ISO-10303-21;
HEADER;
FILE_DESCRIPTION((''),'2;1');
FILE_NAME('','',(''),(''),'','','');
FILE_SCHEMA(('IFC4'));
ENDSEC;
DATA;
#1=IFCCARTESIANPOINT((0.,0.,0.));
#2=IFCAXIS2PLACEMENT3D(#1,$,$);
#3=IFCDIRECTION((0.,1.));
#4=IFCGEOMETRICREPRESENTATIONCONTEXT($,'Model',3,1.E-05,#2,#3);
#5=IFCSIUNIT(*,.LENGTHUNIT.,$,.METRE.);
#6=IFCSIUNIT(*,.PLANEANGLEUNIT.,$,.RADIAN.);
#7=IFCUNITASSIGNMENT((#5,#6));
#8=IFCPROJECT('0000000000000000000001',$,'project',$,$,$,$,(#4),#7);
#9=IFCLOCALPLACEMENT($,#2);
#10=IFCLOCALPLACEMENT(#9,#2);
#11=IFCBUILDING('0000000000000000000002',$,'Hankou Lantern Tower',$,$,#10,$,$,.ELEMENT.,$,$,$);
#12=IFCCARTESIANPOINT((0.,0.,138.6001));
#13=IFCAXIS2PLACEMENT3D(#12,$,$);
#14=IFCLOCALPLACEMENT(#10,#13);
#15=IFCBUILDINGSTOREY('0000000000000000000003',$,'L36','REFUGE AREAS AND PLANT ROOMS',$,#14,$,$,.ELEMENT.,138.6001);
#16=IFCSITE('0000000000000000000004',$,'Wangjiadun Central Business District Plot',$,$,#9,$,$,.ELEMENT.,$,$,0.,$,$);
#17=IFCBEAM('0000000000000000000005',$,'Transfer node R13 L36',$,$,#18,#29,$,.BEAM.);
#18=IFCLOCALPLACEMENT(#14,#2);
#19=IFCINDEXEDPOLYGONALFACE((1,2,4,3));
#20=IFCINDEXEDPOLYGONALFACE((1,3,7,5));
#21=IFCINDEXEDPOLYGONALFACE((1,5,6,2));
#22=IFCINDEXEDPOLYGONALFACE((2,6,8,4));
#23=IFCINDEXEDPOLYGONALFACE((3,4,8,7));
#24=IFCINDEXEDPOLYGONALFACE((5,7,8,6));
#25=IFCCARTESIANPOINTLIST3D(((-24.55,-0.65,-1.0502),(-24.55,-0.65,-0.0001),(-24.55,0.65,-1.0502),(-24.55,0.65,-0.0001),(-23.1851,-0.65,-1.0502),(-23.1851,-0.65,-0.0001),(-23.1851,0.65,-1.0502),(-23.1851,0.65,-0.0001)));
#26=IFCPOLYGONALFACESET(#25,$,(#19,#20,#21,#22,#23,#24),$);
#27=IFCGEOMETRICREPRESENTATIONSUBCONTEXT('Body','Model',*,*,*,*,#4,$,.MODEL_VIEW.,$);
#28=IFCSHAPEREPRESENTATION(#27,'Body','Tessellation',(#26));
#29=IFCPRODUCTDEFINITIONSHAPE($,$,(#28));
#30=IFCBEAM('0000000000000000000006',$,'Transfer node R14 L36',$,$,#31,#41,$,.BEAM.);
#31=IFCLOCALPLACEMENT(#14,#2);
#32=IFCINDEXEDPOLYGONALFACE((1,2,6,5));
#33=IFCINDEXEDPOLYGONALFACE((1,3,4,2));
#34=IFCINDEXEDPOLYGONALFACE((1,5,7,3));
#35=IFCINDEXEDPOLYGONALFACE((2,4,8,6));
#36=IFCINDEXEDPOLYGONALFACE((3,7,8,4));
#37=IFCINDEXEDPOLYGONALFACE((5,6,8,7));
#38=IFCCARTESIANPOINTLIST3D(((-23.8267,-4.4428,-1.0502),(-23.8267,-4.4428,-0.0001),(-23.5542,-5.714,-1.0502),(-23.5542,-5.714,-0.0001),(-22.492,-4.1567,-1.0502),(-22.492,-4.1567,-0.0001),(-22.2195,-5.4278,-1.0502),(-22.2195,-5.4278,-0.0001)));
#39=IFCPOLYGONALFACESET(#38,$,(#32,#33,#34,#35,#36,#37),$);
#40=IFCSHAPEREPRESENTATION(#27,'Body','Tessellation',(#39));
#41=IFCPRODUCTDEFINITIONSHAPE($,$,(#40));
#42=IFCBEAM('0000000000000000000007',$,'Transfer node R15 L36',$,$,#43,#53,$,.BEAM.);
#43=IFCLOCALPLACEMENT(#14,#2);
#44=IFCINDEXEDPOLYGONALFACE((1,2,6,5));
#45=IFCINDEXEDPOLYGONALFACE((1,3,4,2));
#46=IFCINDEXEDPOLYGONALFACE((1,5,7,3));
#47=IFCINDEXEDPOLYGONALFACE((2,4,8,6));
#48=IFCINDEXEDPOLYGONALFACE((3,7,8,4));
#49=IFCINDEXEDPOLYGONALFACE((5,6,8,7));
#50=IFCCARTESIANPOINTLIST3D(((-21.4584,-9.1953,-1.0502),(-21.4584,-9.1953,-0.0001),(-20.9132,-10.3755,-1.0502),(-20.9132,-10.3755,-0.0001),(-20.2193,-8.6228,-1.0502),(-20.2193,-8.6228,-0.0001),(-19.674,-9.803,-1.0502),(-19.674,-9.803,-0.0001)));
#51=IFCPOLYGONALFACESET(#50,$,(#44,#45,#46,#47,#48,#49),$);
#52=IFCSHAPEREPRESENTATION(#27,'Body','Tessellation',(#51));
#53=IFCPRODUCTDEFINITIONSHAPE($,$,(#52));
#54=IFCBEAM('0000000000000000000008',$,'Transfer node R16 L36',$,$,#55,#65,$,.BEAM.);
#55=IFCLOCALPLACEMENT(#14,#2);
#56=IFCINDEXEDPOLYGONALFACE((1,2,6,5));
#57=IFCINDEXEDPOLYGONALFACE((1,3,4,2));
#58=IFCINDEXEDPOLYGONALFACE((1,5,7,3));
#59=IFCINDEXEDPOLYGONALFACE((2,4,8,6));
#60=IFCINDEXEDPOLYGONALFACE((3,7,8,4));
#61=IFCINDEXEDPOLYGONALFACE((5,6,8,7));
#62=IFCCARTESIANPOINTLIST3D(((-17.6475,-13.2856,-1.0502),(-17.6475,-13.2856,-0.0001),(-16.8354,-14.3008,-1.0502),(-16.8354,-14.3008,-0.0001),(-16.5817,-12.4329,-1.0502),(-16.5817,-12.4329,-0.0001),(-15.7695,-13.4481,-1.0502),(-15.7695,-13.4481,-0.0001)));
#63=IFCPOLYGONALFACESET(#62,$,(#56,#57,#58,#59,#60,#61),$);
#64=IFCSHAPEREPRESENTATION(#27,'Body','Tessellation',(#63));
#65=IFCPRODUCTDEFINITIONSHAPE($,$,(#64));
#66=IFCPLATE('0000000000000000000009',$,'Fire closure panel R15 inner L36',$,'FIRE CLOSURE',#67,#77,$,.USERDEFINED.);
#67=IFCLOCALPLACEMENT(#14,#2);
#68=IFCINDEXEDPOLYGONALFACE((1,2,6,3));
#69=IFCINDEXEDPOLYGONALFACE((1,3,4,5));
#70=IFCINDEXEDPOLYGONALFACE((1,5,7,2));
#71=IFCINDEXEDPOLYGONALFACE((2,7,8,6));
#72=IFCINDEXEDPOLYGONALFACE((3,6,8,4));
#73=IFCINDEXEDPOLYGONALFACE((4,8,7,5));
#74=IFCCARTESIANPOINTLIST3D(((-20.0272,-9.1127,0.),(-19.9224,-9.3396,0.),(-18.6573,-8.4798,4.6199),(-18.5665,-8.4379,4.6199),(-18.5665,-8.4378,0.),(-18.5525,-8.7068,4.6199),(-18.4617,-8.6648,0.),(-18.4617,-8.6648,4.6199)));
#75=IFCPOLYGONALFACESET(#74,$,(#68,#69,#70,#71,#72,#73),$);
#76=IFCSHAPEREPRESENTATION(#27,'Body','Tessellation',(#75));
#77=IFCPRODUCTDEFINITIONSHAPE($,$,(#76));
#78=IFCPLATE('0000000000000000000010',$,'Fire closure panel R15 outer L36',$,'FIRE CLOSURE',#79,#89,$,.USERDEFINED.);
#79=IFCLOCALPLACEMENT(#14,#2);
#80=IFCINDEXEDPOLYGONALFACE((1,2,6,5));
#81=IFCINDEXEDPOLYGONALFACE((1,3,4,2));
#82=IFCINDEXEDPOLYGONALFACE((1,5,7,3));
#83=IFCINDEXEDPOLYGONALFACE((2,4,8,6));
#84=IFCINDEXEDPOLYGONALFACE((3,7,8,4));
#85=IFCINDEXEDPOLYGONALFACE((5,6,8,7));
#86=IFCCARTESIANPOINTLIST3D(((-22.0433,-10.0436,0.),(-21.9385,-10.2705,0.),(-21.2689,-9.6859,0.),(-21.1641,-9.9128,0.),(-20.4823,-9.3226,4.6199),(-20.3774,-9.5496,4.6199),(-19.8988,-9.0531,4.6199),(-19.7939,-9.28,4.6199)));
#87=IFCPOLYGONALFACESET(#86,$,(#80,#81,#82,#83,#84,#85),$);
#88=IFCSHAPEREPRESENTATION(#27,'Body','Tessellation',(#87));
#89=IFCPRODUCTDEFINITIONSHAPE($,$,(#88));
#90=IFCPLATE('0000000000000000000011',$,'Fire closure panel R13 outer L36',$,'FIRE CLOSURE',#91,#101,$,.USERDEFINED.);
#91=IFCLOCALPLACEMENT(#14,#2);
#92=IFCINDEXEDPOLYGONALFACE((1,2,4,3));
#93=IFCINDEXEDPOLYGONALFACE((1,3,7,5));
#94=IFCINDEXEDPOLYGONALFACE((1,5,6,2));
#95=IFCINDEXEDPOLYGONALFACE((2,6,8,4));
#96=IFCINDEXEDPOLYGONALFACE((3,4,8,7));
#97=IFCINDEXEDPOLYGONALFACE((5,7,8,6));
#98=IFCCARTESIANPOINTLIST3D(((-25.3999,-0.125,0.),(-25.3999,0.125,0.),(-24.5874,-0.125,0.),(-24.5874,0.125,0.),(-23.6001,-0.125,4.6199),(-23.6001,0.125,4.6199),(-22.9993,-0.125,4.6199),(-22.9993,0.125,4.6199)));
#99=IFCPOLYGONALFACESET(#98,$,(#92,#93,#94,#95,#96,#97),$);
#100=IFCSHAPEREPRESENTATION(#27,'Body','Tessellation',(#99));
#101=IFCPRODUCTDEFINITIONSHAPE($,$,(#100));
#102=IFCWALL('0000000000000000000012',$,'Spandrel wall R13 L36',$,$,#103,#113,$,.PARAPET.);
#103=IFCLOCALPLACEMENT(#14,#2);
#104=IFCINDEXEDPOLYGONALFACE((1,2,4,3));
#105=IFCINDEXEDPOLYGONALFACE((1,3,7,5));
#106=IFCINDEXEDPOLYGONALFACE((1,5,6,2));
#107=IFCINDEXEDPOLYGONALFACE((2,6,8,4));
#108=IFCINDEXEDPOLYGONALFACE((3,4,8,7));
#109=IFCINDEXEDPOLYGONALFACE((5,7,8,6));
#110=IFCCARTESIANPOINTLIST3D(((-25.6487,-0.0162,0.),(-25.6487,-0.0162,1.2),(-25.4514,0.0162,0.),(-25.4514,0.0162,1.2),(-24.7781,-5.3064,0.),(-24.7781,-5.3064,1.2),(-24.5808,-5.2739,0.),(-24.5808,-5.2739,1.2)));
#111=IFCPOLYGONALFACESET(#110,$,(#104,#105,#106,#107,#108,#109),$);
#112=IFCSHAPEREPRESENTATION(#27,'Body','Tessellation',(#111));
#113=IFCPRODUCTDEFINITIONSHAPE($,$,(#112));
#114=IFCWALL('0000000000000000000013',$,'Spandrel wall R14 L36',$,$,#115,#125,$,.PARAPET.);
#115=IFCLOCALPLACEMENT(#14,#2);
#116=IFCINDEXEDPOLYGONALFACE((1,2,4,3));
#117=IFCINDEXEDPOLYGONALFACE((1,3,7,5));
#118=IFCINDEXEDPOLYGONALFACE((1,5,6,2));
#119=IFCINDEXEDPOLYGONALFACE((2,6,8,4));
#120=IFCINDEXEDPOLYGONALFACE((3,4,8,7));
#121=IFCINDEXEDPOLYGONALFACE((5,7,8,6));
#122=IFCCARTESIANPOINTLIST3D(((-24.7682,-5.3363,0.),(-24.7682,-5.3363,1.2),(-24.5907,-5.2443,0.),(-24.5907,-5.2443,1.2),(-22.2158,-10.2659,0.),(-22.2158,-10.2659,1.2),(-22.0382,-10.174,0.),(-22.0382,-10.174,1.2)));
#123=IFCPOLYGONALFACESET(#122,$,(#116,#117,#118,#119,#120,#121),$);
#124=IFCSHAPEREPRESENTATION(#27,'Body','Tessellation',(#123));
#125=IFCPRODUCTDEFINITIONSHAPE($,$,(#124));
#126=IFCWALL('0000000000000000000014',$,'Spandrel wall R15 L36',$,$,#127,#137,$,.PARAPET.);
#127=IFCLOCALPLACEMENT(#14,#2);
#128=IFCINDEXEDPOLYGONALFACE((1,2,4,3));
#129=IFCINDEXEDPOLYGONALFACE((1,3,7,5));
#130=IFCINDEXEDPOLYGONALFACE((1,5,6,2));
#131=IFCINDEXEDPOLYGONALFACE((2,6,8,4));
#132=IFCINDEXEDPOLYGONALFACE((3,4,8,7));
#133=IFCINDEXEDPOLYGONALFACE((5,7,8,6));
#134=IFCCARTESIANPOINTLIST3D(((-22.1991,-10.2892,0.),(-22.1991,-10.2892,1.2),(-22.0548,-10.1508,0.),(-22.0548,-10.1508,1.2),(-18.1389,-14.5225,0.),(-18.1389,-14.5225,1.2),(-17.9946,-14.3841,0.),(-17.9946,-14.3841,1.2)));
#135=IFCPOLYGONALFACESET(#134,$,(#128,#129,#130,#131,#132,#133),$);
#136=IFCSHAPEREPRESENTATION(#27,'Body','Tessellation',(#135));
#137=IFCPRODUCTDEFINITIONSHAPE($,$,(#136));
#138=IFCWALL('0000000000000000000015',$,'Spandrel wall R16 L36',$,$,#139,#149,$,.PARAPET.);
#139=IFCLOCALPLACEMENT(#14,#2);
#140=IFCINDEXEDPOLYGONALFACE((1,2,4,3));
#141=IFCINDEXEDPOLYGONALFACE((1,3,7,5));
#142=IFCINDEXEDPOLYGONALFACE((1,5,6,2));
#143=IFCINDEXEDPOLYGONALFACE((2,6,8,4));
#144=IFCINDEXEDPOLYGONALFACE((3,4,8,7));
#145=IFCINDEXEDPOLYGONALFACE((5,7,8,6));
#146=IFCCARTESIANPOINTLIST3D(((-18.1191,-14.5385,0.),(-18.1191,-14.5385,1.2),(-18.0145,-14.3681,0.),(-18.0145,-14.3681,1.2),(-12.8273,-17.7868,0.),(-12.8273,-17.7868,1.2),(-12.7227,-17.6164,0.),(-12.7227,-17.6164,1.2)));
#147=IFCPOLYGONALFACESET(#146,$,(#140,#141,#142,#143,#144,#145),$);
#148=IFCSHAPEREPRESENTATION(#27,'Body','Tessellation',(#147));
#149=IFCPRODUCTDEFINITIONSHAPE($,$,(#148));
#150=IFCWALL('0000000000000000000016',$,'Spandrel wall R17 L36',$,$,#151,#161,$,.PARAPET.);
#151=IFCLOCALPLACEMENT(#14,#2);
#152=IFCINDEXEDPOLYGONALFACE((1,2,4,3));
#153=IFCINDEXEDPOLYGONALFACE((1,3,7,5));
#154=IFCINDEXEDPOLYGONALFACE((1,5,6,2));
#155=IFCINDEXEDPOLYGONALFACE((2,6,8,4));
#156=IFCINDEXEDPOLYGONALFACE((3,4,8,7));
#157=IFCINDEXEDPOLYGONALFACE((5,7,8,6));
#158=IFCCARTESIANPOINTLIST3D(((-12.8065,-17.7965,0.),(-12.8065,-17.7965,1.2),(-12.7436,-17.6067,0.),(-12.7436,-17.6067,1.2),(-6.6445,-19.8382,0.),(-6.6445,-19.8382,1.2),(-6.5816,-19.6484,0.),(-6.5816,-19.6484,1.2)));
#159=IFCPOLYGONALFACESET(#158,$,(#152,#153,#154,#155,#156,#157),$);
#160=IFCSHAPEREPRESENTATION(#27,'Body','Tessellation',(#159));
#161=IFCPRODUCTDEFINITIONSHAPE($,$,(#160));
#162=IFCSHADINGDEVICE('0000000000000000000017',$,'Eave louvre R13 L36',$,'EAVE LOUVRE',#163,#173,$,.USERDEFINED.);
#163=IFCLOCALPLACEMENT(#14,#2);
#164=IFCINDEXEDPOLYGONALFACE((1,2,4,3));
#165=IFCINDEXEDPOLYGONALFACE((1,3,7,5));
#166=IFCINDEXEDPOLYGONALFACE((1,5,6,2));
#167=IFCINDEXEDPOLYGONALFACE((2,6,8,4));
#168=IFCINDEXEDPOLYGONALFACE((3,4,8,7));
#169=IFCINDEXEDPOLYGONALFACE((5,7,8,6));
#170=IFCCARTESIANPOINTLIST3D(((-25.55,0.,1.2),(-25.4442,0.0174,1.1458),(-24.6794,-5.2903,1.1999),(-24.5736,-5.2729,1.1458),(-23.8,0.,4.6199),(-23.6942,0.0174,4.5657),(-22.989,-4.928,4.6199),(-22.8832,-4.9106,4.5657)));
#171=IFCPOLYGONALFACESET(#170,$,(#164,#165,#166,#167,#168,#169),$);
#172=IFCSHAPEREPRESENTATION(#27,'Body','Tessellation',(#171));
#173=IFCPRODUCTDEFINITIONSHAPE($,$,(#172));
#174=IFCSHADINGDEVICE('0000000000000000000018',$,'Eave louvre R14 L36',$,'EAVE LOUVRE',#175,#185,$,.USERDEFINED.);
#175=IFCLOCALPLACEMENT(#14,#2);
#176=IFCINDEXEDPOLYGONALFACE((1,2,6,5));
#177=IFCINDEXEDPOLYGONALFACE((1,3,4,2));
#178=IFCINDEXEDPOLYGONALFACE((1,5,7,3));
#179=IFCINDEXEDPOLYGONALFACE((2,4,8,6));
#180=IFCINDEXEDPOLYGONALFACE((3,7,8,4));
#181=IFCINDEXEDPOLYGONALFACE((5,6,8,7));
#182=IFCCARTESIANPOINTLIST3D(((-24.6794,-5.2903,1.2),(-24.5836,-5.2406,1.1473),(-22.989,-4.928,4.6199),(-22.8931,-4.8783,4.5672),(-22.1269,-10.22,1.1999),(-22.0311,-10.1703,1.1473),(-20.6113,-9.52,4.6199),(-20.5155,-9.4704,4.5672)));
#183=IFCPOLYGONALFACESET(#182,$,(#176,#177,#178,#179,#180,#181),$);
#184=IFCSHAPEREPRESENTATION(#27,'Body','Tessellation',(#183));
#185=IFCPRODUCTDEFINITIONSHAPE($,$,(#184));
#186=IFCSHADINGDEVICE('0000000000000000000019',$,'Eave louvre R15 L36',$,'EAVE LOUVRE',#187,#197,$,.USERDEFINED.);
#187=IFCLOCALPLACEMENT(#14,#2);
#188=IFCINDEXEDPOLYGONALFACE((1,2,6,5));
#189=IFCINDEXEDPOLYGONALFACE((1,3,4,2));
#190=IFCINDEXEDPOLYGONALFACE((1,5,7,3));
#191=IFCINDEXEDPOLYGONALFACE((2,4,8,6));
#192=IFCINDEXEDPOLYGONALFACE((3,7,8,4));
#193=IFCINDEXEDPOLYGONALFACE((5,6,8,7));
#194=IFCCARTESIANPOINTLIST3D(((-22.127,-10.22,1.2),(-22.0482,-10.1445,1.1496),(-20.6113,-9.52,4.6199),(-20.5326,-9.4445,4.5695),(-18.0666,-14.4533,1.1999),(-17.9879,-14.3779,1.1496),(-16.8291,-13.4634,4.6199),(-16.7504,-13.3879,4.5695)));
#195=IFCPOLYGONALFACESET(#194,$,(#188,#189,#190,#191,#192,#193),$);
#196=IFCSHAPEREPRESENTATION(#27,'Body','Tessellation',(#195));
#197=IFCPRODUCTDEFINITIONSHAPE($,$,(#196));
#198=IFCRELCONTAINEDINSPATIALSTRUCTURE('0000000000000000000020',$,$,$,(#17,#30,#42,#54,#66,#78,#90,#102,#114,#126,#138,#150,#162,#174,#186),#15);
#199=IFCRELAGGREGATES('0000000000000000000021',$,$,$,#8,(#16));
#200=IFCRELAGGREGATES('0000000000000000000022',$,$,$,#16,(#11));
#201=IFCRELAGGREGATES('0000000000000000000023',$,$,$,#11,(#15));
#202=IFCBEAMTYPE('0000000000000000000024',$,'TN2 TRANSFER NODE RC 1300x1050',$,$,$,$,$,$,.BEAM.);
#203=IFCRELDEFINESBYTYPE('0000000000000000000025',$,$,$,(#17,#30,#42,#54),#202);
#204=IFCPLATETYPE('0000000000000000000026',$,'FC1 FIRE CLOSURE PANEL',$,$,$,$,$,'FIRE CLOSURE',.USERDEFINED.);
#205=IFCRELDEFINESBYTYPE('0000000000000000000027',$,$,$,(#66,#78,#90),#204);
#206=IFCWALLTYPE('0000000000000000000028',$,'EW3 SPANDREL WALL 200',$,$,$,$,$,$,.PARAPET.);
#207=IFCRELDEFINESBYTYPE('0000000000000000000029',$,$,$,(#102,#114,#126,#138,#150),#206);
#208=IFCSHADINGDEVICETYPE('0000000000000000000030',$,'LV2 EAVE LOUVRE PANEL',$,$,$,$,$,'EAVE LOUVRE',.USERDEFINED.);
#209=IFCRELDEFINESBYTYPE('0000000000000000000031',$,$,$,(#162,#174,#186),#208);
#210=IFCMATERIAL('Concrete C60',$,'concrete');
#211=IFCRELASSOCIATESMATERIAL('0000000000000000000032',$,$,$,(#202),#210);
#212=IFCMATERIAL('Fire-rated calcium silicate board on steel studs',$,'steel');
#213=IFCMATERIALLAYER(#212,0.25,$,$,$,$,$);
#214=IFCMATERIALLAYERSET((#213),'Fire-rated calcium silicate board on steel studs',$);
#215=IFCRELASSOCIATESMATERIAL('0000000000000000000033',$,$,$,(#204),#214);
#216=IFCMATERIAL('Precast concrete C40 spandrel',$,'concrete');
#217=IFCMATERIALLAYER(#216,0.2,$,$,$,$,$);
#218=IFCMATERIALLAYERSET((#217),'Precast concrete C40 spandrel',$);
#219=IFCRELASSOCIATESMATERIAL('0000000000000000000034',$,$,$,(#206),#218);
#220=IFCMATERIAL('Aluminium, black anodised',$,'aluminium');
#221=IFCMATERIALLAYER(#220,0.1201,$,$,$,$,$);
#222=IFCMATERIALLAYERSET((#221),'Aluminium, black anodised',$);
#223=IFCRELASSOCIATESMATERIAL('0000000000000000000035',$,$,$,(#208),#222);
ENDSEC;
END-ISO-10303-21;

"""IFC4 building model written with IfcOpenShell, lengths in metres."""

from ifc_helpers import new_model, si_unit, direction, frame, frame_2d, origin, origin_2d, place, context, subcontext, project, spatial, polyline, rectangle, outline, extrude, material, layer, layer_set, material_profile, profile_set, type_object, element, save


model = new_model("IFC4")

# Units and contexts
model_context = context("Model", 3, precision=1e-05, world=origin(), true_north=direction((0.0, 1.0)))
body_context = subcontext(model_context, "Body", "Model", "MODEL_VIEW")
ifc_project = project(units=[si_unit("LENGTHUNIT", "METRE"), si_unit("PLANEANGLEUNIT", "RADIAN")], contexts=[model_context])

# Site, building, storey
site_placement = place(None, origin())
site = spatial("IfcSite", under=ifc_project, at=site_placement, Name="Wangjiadun Central Business District Plot", CompositionType="ELEMENT", RefElevation=0.0)
building_placement = place(site_placement, origin())
building = spatial("IfcBuilding", under=site, at=building_placement, Name="Hankou Lantern Tower", CompositionType="ELEMENT")
storey_placement = place(building_placement, frame((0.0, 0.0, 138.6001)))
storey = spatial("IfcBuildingStorey", under=building, at=storey_placement, Name="L36", Description="REFUGE AREAS AND PLANT ROOMS", CompositionType="ELEMENT", Elevation=138.6001)

# Beams
ifc_material_1 = material(Name="Concrete C60", Category="concrete")
ifc_material_profile_1 = material_profile(ifc_material_1, rectangle(XDim=1.3, YDim=1.05, at=origin_2d()), Name="RC 1300x1050")
ifc_profile_set_1 = profile_set([ifc_material_profile_1], Name="Concrete C60")
beam_type_1 = type_object("IfcBeamType", Name="TN2 TRANSFER NODE RC 1300x1050", PredefinedType="BEAM", material=ifc_profile_set_1)
for number, where, z_axis, x_axis, name in (
    (1, (-24.55, 0.0, -0.5251), (1.0, 0.0, 0.0), (0.0, 1.0, 0.0), "Transfer node R13 L36"),
    (2, (-23.6904, -5.0784, -0.5251), (0.977784, 0.209615, 0.0), (-0.209615, 0.977784, 0.0), "Transfer node R14 L36"),
    (3, (-21.1858, -9.7854, -0.5251), (0.907808, 0.419387, 0.0), (-0.419387, 0.907808, 0.0), "Transfer node R15 L36"),
    (4, (-17.2415, -13.7932, -0.5251), (0.780851, 0.624717, 0.0), (-0.624717, 0.780851, 0.0), "Transfer node R16 L36"),
):
    element("IfcBeam", number, at=place(storey_placement, frame(where, z_axis=z_axis, x_axis=x_axis)), inside=storey, type_object=beam_type_1, Name=name, PredefinedType="BEAM", context=body_context, shape_type="SweptSolid", body=[
        extrude(rectangle(XDim=1.3, YDim=1.05, at=origin_2d()), origin(), (0.0, 0.0, 1.0), 1.365),
    ])

# Plates
ifc_material_2 = material(Name="Fire-rated calcium silicate board on steel studs", Category="steel")
ifc_layer_1 = layer(ifc_material_2, 0.25)
ifc_layer_set_1 = layer_set([ifc_layer_1], Name="Fire-rated calcium silicate board on steel studs")
plate_type = type_object("IfcPlateType", Name="FC1 FIRE CLOSURE PANEL", ElementType="FIRE CLOSURE", PredefinedType="USERDEFINED", material=ifc_layer_set_1)
plate_1_placement = place(storey_placement, frame((-18.4617, -8.6648, 0.0), z_axis=(0.419402, -0.9078, -0.000007), x_axis=(-0.9078, -0.419402, 0.0)))
element("IfcPlate", 5, at=plate_1_placement, inside=storey, type_object=plate_type, Name="Fire closure panel R15 inner L36", ObjectType="FIRE CLOSURE", PredefinedType="USERDEFINED", context=body_context, shape_type="SweptSolid", body=[
    extrude(outline(polyline([(0.0, 0.0), (1.609, 0.0), (0.1001, -4.6199), (0.0, -4.6199), (0.0, 0.0)])), origin(), (0.0, 0.0, -1.0), 0.25),
])
plate_2_placement = place(storey_placement, frame((-21.1641, -9.9128, 0.0), z_axis=(0.419317, -0.90784, -0.000009), x_axis=(-0.90784, -0.419317, 0.0)))
element("IfcPlate", 6, at=plate_2_placement, inside=storey, type_object=plate_type, Name="Fire closure panel R15 outer L36", ObjectType="FIRE CLOSURE", PredefinedType="USERDEFINED", context=body_context, shape_type="SweptSolid", body=[
    extrude(outline(polyline([(0.0, 0.0), (0.853, 0.0), (-0.8665, -4.6199), (-1.5092, -4.6199), (0.0, 0.0)])), origin(), (0.0, 0.0, -1.0), 0.25),
])
plate_3_placement = place(storey_placement, frame((-24.5874, 0.125, 0.0), z_axis=(0.0, 1.0, 0.0), x_axis=(-1.0, 0.0, 0.0)))
element("IfcPlate", 7, at=plate_3_placement, inside=storey, type_object=plate_type, Name="Fire closure panel R13 outer L36", ObjectType="FIRE CLOSURE", PredefinedType="USERDEFINED", context=body_context, shape_type="SweptSolid", body=[
    extrude(outline(polyline([(0.0, 0.0), (0.8125, 0.0), (-0.9873, 4.6199), (-1.5881, 4.6199), (0.0, 0.0)])), origin(), (0.0, 0.0, -1.0), 0.25),
])

# Walls
ifc_material_3 = material(Name="Precast concrete C40 spandrel", Category="concrete")
ifc_layer_2 = layer(ifc_material_3, 0.2)
ifc_layer_set_2 = layer_set([ifc_layer_2], Name="Precast concrete C40 spandrel")
wall_type_1 = type_object("IfcWallType", Name="EW3 SPANDREL WALL 200", PredefinedType="PARAPET", material=ifc_layer_set_2)
wall_1_placement = place(storey_placement, frame((-25.55, 0.0, 0.0), z_axis=(0.0, 0.0, 1.0), x_axis=(0.162383, -0.986728, 0.0)))
element("IfcWall", 8, at=wall_1_placement, inside=storey, type_object=wall_type_1, Name="Spandrel wall R13 L36", PredefinedType="PARAPET", context=body_context, shape_type="SweptSolid", body=[
    extrude(rectangle(XDim=5.3613, YDim=0.2, at=frame_2d((2.6807, 0.0))), origin(), (0.0, 0.0, 1.0), 1.2),
])
wall_2_placement = place(storey_placement, frame((-24.6794, -5.2903, 0.0), z_axis=(0.0, 0.0, 1.0), x_axis=(0.4598, -0.888023, 0.0)))
element("IfcWall", 9, at=wall_2_placement, inside=storey, type_object=wall_type_1, Name="Spandrel wall R14 L36", PredefinedType="PARAPET", context=body_context, shape_type="SweptSolid", body=[
    extrude(rectangle(XDim=5.5513, YDim=0.2, at=frame_2d((2.7756, 0.0))), origin(), (0.0, 0.0, 1.0), 1.2),
])
wall_3_placement = place(storey_placement, frame((-22.127, -10.22, 0.0), z_axis=(0.0, 0.0, 1.0), x_axis=(0.692198, -0.721707, 0.0)))
element("IfcWall", 10, at=wall_3_placement, inside=storey, type_object=wall_type_1, Name="Spandrel wall R15 L36", PredefinedType="PARAPET", context=body_context, shape_type="SweptSolid", body=[
    extrude(rectangle(XDim=5.8657, YDim=0.2, at=frame_2d((2.9329, 0.0))), origin(), (0.0, 0.0, 1.0), 1.2),
])
wall_4_placement = place(storey_placement, frame((-18.0667, -14.4534, 0.0), z_axis=(0.0, 0.0, 1.0), x_axis=(0.852245, -0.523143, 0.0)))
element("IfcWall", 11, at=wall_4_placement, inside=storey, type_object=wall_type_1, Name="Spandrel wall R16 L36", PredefinedType="PARAPET", context=body_context, shape_type="SweptSolid", body=[
    extrude(rectangle(XDim=6.2092, YDim=0.2, at=frame_2d((3.1045, 0.0))), origin(), (0.0, 0.0, 1.0), 1.2),
])
wall_5_placement = place(storey_placement, frame((-12.7749, -17.7017, 0.0), z_axis=(0.0, 0.0, 1.0), x_axis=(0.94925, -0.314524, 0.0)))
element("IfcWall", 12, at=wall_5_placement, inside=storey, type_object=wall_type_1, Name="Spandrel wall R17 L36", PredefinedType="PARAPET", context=body_context, shape_type="SweptSolid", body=[
    extrude(rectangle(XDim=6.4915, YDim=0.2, at=frame_2d((3.2456, 0.0))), origin(), (0.0, 0.0, 1.0), 1.2),
])

# Shading devices
ifc_material_4 = material(Name="Aluminium, black anodised", Category="aluminium")
ifc_layer_3 = layer(ifc_material_4, 0.1201)
ifc_layer_set_3 = layer_set([ifc_layer_3], Name="Aluminium, black anodised")
shading_device_type = type_object("IfcShadingDeviceType", Name="LV2 EAVE LOUVRE PANEL", ElementType="EAVE LOUVRE", PredefinedType="USERDEFINED", material=ifc_layer_set_3)
shading_device_1_placement = place(storey_placement, frame((-25.55, 0.0, 1.2), z_axis=(-0.880814, -0.144957, 0.450726), x_axis=(0.162387, -0.986727, -0.000002)))
element("IfcShadingDevice", 13, at=shading_device_1_placement, inside=storey, type_object=shading_device_type, Name="Eave louvre R13 L36", ObjectType="EAVE LOUVRE", PredefinedType="USERDEFINED", context=body_context, shape_type="SweptSolid", body=[
    extrude(outline(polyline([(0.0, 0.0), (5.3614, 0.0), (5.2784, 3.8312), (0.2842, 3.8311), (0.0, 0.0)])), origin(), (0.0, 0.0, -1.0), 0.1201),
])
shading_device_2_placement = place(storey_placement, frame((-24.6794, -5.2903, 1.2), z_axis=(-0.798174, -0.41328, 0.438314), x_axis=(0.459801, -0.888022, -0.000001)))
element("IfcShadingDevice", 14, at=shading_device_2_placement, inside=storey, type_object=shading_device_type, Name="Eave louvre R14 L36", ObjectType="EAVE LOUVRE", PredefinedType="USERDEFINED", context=body_context, shape_type="SweptSolid", body=[
    extrude(outline(polyline([(0.0, 0.0), (5.5513, 0.0), (5.6266, 3.8049), (0.4555, 3.8049), (0.0, 0.0)])), origin(), (0.0, 0.0, -1.0), 0.1201),
])
shading_device_3_placement = place(storey_placement, frame((-22.127, -10.22, 1.2), z_axis=(-0.65528, -0.628496, 0.419048), x_axis=(0.692202, -0.721704, -0.000003)))
element("IfcShadingDevice", 15, at=shading_device_3_placement, inside=storey, type_object=shading_device_type, Name="Eave louvre R15 L36", ObjectType="EAVE LOUVRE", PredefinedType="USERDEFINED", context=body_context, shape_type="SweptSolid", body=[
    extrude(outline(polyline([(0.0, 0.0), (5.8658, 0.0), (6.008, 3.7666), (0.544, 3.7666), (0.0, 0.0)])), origin(), (0.0, 0.0, -1.0), 0.1201),
])

save(model, "model.ifc")
